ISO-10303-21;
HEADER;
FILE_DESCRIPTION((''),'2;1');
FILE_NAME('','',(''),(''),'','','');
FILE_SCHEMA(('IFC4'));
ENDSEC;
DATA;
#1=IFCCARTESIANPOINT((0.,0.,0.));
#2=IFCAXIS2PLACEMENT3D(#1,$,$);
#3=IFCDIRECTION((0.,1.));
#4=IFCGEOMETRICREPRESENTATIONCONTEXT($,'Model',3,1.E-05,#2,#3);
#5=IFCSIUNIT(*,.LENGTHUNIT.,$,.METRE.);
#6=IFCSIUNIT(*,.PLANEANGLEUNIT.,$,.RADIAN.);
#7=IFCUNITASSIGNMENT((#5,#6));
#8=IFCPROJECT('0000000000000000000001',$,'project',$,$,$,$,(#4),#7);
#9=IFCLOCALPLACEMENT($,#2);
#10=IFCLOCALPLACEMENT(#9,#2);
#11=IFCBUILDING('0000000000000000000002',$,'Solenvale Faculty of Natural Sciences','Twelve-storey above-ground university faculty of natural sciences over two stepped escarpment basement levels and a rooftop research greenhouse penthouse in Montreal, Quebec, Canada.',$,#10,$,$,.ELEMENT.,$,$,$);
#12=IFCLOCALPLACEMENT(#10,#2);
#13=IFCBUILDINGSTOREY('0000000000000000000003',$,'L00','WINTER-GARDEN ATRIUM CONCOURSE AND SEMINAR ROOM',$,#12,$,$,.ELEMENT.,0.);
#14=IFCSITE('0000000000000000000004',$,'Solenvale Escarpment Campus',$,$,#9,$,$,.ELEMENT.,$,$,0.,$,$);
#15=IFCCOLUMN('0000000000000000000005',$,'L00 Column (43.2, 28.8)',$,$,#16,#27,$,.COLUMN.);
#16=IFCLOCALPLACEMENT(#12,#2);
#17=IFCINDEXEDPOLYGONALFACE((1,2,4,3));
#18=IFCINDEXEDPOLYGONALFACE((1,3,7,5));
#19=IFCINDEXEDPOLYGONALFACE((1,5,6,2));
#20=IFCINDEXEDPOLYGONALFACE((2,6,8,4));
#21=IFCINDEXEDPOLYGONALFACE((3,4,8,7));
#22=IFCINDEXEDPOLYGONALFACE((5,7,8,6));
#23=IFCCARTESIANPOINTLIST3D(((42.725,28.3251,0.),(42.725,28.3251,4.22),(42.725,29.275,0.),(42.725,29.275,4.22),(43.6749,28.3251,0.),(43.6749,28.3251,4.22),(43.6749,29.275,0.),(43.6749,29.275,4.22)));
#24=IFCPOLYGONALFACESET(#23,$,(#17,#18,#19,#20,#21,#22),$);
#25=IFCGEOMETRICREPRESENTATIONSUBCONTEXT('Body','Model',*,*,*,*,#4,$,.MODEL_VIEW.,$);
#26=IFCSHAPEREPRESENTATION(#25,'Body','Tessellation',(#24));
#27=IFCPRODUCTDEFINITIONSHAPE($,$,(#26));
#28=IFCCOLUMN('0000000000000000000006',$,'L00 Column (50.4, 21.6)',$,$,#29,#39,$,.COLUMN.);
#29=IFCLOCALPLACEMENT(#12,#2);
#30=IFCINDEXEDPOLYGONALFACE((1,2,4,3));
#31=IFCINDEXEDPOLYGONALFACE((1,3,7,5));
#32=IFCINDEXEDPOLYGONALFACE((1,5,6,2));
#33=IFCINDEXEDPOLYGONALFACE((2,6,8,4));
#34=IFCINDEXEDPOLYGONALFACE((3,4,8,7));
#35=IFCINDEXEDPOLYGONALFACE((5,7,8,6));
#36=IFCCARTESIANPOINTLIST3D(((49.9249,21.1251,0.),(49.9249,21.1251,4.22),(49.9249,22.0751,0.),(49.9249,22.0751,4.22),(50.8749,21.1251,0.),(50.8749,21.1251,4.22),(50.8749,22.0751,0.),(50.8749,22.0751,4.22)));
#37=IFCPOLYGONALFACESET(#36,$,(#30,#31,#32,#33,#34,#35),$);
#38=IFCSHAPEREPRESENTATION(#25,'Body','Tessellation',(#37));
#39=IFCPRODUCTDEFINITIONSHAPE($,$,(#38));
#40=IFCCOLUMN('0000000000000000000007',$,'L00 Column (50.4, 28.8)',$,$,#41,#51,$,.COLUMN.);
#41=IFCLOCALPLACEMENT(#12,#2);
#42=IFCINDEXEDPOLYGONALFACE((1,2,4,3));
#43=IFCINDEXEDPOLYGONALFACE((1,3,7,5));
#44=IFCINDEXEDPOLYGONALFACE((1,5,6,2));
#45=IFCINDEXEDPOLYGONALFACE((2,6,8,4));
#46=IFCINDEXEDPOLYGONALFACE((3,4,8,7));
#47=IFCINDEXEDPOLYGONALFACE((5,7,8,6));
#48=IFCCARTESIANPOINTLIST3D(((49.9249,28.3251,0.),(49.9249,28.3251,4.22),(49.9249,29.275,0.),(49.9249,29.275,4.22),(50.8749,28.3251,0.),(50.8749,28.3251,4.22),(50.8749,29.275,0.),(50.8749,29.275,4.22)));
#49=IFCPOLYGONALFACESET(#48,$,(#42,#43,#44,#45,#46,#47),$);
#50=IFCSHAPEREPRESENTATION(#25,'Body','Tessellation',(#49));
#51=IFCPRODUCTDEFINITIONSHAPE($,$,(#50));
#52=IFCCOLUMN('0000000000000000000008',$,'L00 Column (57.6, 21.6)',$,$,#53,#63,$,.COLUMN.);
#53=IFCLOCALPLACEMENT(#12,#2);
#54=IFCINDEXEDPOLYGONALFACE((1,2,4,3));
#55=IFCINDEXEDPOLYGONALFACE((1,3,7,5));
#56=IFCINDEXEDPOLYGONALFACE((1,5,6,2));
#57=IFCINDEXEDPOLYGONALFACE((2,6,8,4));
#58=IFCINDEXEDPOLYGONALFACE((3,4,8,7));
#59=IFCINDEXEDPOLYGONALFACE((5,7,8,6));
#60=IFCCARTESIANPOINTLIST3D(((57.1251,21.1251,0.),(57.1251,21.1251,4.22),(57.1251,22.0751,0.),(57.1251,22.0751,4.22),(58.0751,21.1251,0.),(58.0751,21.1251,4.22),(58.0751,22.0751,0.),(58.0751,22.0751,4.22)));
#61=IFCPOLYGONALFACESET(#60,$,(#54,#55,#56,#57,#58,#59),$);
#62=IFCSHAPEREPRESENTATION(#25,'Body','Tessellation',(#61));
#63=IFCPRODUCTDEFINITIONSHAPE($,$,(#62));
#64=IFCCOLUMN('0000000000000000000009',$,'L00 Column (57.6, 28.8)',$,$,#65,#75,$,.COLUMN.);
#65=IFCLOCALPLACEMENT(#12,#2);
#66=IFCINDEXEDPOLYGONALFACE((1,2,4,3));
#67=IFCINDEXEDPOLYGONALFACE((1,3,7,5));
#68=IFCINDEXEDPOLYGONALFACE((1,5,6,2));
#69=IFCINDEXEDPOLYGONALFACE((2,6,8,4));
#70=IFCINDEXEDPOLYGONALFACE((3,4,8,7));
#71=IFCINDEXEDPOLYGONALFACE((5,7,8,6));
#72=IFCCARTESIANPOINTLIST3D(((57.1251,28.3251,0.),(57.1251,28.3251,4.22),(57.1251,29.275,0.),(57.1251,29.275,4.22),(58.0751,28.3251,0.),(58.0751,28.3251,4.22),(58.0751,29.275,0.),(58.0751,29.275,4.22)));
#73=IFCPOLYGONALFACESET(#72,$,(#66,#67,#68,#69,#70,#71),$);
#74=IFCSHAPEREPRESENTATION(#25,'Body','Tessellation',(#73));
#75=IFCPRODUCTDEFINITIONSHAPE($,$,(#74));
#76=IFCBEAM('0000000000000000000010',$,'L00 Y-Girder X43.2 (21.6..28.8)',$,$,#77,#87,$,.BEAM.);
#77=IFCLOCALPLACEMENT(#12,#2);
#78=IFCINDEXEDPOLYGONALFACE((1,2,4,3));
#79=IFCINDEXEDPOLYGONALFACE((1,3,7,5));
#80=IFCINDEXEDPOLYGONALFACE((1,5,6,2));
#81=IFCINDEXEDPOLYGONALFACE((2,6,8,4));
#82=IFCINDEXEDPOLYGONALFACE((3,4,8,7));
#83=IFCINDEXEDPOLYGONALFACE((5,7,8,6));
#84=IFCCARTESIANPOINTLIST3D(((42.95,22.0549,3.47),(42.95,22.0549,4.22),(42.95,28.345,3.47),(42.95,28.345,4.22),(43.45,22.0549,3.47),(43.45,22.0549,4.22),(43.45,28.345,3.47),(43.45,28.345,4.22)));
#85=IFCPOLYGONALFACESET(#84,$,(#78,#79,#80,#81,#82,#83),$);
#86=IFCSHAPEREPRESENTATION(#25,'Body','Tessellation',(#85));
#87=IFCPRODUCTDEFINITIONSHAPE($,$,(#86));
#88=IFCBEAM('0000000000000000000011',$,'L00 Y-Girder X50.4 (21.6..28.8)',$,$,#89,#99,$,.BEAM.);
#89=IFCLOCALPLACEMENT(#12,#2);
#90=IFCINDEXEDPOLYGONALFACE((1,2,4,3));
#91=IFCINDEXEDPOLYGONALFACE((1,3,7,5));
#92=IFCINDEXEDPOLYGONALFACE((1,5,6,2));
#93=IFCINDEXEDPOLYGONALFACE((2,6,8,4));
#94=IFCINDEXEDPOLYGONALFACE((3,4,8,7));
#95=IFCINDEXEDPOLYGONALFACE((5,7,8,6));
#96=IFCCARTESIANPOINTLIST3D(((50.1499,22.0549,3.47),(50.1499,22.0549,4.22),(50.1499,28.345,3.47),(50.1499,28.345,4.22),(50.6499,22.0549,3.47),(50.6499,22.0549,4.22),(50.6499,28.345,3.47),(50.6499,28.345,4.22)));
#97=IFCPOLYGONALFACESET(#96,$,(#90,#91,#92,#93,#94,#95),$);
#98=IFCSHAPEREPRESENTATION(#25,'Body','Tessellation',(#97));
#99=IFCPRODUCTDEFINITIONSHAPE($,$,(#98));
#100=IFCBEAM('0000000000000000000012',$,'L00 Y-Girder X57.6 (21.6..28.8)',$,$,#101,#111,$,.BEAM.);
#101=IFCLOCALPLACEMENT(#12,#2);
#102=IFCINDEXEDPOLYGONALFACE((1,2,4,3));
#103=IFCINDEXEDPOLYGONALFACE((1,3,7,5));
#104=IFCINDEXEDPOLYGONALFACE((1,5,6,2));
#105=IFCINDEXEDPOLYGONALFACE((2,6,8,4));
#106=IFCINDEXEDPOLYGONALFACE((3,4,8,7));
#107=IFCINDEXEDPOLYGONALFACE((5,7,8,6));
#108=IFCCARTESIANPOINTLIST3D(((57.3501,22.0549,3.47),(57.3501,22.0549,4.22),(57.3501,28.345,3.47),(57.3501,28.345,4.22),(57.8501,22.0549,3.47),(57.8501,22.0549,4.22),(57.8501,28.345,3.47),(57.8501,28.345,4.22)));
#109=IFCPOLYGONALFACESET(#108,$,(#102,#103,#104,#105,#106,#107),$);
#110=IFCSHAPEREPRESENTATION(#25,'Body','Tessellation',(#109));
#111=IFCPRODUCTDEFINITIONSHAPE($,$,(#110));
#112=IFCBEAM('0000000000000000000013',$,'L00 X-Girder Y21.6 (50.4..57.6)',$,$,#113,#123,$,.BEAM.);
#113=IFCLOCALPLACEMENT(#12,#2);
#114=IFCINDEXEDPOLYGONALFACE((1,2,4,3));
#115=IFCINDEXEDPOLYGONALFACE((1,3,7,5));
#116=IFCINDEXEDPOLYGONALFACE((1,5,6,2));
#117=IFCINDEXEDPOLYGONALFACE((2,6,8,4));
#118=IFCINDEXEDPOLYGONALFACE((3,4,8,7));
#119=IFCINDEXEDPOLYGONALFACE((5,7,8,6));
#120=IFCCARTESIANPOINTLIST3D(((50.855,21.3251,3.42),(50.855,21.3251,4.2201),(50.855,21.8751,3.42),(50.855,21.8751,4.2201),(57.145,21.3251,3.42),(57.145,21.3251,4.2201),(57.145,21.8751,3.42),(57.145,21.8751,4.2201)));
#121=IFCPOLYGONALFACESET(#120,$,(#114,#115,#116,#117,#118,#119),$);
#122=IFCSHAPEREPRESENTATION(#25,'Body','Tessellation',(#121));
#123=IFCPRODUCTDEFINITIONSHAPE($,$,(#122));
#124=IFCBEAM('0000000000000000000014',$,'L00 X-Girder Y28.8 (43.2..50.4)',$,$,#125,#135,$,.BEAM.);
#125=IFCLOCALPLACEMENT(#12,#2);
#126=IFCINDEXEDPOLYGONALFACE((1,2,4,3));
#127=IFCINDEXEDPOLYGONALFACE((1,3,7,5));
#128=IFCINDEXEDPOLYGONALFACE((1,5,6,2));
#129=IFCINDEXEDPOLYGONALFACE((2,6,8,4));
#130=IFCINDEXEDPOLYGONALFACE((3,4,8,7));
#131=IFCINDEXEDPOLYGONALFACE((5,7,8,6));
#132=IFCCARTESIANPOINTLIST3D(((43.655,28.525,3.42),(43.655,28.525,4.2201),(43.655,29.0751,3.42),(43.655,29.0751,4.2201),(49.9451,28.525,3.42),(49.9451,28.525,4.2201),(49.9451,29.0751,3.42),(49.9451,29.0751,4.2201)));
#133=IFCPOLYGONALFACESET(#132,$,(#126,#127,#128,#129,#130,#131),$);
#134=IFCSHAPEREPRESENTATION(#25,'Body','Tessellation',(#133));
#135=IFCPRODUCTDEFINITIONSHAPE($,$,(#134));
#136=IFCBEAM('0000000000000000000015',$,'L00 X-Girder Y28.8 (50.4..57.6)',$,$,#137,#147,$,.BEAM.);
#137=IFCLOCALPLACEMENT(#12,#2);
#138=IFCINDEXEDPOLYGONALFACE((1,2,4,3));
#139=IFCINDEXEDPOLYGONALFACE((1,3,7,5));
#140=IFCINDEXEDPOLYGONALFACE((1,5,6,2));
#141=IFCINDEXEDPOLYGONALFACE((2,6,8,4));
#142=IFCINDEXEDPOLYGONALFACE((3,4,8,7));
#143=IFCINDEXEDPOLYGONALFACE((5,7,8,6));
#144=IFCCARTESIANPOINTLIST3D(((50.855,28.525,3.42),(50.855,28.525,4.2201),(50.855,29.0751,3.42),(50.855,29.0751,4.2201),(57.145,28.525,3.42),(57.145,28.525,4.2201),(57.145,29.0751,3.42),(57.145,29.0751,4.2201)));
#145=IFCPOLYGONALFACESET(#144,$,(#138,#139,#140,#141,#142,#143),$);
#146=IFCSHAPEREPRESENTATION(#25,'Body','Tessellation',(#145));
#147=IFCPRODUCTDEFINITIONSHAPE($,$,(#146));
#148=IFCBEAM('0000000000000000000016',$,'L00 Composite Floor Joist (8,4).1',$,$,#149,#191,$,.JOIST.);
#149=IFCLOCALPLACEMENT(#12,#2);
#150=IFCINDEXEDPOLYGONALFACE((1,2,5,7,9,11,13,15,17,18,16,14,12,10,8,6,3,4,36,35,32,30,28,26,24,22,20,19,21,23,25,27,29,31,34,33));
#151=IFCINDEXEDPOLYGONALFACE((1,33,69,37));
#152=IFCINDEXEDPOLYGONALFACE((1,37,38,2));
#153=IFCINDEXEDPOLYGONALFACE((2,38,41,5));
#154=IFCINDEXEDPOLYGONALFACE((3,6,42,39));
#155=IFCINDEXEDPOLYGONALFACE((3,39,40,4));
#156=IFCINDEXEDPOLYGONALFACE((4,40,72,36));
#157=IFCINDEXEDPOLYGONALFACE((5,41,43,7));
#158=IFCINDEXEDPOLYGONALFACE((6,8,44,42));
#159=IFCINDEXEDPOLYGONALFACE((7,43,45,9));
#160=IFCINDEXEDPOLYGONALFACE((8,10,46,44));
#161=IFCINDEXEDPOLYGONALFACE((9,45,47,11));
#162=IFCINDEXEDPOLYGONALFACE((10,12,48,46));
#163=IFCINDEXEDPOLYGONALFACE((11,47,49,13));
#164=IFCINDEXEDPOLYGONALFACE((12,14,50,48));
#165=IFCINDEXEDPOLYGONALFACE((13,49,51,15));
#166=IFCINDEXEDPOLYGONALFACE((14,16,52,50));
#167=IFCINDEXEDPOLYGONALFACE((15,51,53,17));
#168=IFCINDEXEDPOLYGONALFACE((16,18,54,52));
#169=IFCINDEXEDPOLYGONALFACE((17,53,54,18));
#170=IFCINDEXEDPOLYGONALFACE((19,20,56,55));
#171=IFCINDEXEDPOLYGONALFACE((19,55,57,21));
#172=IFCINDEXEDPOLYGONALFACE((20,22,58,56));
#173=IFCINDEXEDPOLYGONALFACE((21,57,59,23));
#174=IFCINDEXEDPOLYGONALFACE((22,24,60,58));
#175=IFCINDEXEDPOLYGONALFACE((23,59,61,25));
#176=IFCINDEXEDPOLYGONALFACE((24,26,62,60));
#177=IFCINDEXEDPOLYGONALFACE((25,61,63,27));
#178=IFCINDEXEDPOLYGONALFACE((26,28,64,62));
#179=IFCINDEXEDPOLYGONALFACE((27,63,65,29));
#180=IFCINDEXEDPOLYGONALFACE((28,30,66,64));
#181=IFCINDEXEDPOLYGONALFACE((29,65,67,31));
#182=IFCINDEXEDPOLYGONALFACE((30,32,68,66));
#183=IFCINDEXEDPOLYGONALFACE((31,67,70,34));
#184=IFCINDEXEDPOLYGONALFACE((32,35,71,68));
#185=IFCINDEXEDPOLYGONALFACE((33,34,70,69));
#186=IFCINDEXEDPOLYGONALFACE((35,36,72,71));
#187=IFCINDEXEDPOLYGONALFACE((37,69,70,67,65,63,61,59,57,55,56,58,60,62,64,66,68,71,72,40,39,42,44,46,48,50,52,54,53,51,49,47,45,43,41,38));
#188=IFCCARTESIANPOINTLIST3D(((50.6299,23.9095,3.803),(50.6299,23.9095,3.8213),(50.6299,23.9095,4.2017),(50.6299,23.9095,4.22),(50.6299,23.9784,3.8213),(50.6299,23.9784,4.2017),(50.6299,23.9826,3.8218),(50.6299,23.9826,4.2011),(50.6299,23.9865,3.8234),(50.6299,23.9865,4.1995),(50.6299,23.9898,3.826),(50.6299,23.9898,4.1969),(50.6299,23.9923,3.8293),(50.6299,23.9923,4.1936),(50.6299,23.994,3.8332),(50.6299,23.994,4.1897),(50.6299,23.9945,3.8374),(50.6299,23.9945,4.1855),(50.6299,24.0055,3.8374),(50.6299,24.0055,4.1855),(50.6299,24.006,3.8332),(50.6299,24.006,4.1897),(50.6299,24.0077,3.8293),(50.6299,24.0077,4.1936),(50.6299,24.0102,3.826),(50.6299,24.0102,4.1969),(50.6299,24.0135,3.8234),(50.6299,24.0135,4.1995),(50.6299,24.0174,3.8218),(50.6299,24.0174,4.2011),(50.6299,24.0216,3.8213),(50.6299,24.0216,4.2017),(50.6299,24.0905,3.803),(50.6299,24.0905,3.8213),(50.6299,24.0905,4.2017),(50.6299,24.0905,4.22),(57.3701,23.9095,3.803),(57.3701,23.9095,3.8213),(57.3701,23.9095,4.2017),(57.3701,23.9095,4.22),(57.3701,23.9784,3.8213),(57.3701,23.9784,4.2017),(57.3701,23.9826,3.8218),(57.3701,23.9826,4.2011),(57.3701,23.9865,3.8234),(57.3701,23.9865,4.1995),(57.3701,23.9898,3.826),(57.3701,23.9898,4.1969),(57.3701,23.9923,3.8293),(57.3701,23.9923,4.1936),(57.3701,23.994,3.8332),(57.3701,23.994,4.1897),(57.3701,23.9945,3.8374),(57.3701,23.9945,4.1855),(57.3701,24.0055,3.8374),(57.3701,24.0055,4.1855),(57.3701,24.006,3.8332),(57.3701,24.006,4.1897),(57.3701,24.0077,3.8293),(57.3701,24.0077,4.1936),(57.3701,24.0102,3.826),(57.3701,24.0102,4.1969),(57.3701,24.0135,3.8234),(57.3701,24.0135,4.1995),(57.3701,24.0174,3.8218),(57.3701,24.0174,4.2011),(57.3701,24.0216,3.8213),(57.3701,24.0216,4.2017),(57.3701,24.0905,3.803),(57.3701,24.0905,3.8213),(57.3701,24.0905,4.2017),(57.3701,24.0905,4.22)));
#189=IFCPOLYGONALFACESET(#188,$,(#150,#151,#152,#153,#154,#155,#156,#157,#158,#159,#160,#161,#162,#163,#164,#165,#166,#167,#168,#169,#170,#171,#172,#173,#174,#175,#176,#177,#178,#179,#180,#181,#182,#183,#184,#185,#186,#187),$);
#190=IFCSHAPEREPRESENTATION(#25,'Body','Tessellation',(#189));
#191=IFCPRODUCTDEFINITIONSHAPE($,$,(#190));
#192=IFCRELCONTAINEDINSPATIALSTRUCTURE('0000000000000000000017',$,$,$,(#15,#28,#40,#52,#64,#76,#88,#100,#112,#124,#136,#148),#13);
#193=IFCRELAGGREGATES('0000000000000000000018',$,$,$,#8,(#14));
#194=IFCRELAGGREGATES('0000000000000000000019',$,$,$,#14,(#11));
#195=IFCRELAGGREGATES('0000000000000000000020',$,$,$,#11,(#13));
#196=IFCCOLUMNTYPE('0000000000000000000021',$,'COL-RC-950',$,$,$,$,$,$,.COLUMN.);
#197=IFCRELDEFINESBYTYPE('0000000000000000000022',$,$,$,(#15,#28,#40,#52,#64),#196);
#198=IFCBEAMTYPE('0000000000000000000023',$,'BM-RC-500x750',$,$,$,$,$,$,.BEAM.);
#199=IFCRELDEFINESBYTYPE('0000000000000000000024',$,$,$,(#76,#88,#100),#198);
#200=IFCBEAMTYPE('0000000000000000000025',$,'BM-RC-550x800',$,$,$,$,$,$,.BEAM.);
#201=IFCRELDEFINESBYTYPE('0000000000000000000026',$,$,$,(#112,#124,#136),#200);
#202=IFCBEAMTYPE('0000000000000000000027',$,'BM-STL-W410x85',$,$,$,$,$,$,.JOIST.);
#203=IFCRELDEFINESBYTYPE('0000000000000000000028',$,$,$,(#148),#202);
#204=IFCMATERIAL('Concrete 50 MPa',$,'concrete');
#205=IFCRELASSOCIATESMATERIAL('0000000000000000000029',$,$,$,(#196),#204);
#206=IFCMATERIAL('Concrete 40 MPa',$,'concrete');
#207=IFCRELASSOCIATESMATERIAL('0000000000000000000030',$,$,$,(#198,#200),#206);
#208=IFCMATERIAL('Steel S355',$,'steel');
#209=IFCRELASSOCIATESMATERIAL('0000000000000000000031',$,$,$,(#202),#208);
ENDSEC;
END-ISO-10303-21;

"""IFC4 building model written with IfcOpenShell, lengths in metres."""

from ifc_helpers import new_model, si_unit, direction, frame, origin, origin_2d, place, context, subcontext, project, spatial, rectangle, i_section, extrude, material, material_profile, profile_set, type_object, element, save


model = new_model("IFC4")

# Units and contexts
model_context = context("Model", 3, precision=1e-05, world=origin(), true_north=direction((0.0, 1.0)))
body_context = subcontext(model_context, "Body", "Model", "MODEL_VIEW")
ifc_project = project(units=[si_unit("LENGTHUNIT", "METRE"), si_unit("PLANEANGLEUNIT", "RADIAN")], contexts=[model_context])

# Site, building, storey
site_placement = place(None, origin())
site = spatial("IfcSite", under=ifc_project, at=site_placement, Name="Solenvale Escarpment Campus", CompositionType="ELEMENT", RefElevation=0.0)
building_placement = place(site_placement, origin())
building = spatial("IfcBuilding", under=site, at=building_placement, Name="Solenvale Faculty of Natural Sciences", Description="Twelve-storey above-ground university faculty of natural sciences over two stepped escarpment basement levels and a rooftop research greenhouse penthouse in Montreal, Quebec, Canada.", CompositionType="ELEMENT")
storey_placement = place(building_placement, origin())
storey = spatial("IfcBuildingStorey", under=building, at=storey_placement, Name="L00", Description="WINTER-GARDEN ATRIUM CONCOURSE AND SEMINAR ROOM", CompositionType="ELEMENT", Elevation=0.0)

# Columns
ifc_material_1 = material(Name="Concrete 50 MPa", Category="concrete")
ifc_material_profile_1 = material_profile(ifc_material_1, rectangle(XDim=0.95, YDim=0.95, at=origin_2d()), Name="RC-COL-950x950")
ifc_profile_set_1 = profile_set([ifc_material_profile_1], Name="Concrete 50 MPa")
column_type = type_object("IfcColumnType", Name="COL-RC-950", PredefinedType="COLUMN", material=ifc_profile_set_1)
for number, where, z_axis, x_axis, name in (
    (1, (43.2, 28.8, 0.0), (0.0, 0.0, 1.0), (1.0, 0.0, 0.0), "L00 Column (43.2, 28.8)"),
    (2, (50.3999, 21.6001, 0.0), (0.0, 0.0, 1.0), (1.0, 0.0, 0.0), "L00 Column (50.4, 21.6)"),
    (3, (50.3999, 28.8, 0.0), (0.0, 0.0, 1.0), (1.0, 0.0, 0.0), "L00 Column (50.4, 28.8)"),
    (4, (57.6001, 21.6001, 0.0), (0.0, 0.0, 1.0), (1.0, 0.0, 0.0), "L00 Column (57.6, 21.6)"),
    (5, (57.6001, 28.8, 0.0), (0.0, 0.0, 1.0), (1.0, 0.0, 0.0), "L00 Column (57.6, 28.8)"),
):
    element("IfcColumn", number, at=place(storey_placement, frame(where, z_axis=z_axis, x_axis=x_axis)), inside=storey, type_object=column_type, Name=name, PredefinedType="COLUMN", context=body_context, shape_type="SweptSolid", body=[
        extrude(rectangle(XDim=0.95, YDim=0.95, at=origin_2d()), origin(), (0.0, 0.0, 1.0), 4.22),
    ])

# Beams
ifc_material_2 = material(Name="Concrete 40 MPa", Category="concrete")
ifc_material_profile_2 = material_profile(ifc_material_2, rectangle(XDim=0.5, YDim=0.75, at=origin_2d()), Name="RC-BM-500x750")
ifc_profile_set_2 = profile_set([ifc_material_profile_2], Name="Concrete 40 MPa")
beam_type_1 = type_object("IfcBeamType", Name="BM-RC-500x750", PredefinedType="BEAM", material=ifc_profile_set_2)
for number, where, z_axis, x_axis, name in (
    (6, (43.2, 22.0549, 3.845), (0.0, 1.0, 0.0), (-1.0, 0.0, 0.0), "L00 Y-Girder X43.2 (21.6..28.8)"),
    (7, (50.3999, 22.0549, 3.845), (0.0, 1.0, 0.0), (-1.0, 0.0, 0.0), "L00 Y-Girder X50.4 (21.6..28.8)"),
    (8, (57.6001, 22.0549, 3.845), (0.0, 1.0, 0.0), (-1.0, 0.0, 0.0), "L00 Y-Girder X57.6 (21.6..28.8)"),
):
    element("IfcBeam", number, at=place(storey_placement, frame(where, z_axis=z_axis, x_axis=x_axis)), inside=storey, type_object=beam_type_1, Name=name, PredefinedType="BEAM", context=body_context, shape_type="SweptSolid", body=[
        extrude(rectangle(XDim=0.5, YDim=0.75, at=origin_2d()), origin(), (0.0, 0.0, 1.0), 6.29),
    ])
ifc_material_profile_3 = material_profile(ifc_material_2, rectangle(XDim=0.55, YDim=0.8, at=origin_2d()), Name="RC-BM-550x800")
ifc_profile_set_3 = profile_set([ifc_material_profile_3], Name="Concrete 40 MPa")
beam_type_2 = type_object("IfcBeamType", Name="BM-RC-550x800", PredefinedType="BEAM", material=ifc_profile_set_3)
for number, where, z_axis, x_axis, name in (
    (9, (50.855, 21.6001, 3.8201), (1.0, 0.0, 0.0), (0.0, 1.0, 0.0), "L00 X-Girder Y21.6 (50.4..57.6)"),
    (10, (43.655, 28.8, 3.8201), (1.0, 0.0, 0.0), (0.0, 1.0, 0.0), "L00 X-Girder Y28.8 (43.2..50.4)"),
    (11, (50.855, 28.8, 3.8201), (1.0, 0.0, 0.0), (0.0, 1.0, 0.0), "L00 X-Girder Y28.8 (50.4..57.6)"),
):
    element("IfcBeam", number, at=place(storey_placement, frame(where, z_axis=z_axis, x_axis=x_axis)), inside=storey, type_object=beam_type_2, Name=name, PredefinedType="BEAM", context=body_context, shape_type="SweptSolid", body=[
        extrude(rectangle(XDim=0.55, YDim=0.8, at=origin_2d()), origin(), (0.0, 0.0, 1.0), 6.29),
    ])
ifc_material_3 = material(Name="Steel S355", Category="steel")
ifc_material_profile_4 = material_profile(ifc_material_3, i_section(OverallWidth=0.1809, OverallDepth=0.417, WebThickness=0.011, FlangeThickness=0.0183, FilletRadius=0.0161, at=origin_2d()), Name="W410x85")
ifc_profile_set_4 = profile_set([ifc_material_profile_4], Name="Steel S355")
beam_type_3 = type_object("IfcBeamType", Name="BM-STL-W410x85", PredefinedType="JOIST", material=ifc_profile_set_4)
for number, where, z_axis, x_axis, name in (
    (12, (50.6299, 24.0, 4.0115), (1.0, 0.0, 0.0), (0.0, 1.0, 0.0), "L00 Composite Floor Joist (8,4).1"),
):
    element("IfcBeam", number, at=place(storey_placement, frame(where, z_axis=z_axis, x_axis=x_axis)), inside=storey, type_object=beam_type_3, Name=name, PredefinedType="JOIST", context=body_context, shape_type="SweptSolid", body=[
        extrude(i_section(OverallWidth=0.1809, OverallDepth=0.417, WebThickness=0.011, FlangeThickness=0.0183, FilletRadius=0.0161, at=origin_2d()), origin(), (0.0, 0.0, 1.0), 6.7402),
    ])

save(model, "model.ifc")
